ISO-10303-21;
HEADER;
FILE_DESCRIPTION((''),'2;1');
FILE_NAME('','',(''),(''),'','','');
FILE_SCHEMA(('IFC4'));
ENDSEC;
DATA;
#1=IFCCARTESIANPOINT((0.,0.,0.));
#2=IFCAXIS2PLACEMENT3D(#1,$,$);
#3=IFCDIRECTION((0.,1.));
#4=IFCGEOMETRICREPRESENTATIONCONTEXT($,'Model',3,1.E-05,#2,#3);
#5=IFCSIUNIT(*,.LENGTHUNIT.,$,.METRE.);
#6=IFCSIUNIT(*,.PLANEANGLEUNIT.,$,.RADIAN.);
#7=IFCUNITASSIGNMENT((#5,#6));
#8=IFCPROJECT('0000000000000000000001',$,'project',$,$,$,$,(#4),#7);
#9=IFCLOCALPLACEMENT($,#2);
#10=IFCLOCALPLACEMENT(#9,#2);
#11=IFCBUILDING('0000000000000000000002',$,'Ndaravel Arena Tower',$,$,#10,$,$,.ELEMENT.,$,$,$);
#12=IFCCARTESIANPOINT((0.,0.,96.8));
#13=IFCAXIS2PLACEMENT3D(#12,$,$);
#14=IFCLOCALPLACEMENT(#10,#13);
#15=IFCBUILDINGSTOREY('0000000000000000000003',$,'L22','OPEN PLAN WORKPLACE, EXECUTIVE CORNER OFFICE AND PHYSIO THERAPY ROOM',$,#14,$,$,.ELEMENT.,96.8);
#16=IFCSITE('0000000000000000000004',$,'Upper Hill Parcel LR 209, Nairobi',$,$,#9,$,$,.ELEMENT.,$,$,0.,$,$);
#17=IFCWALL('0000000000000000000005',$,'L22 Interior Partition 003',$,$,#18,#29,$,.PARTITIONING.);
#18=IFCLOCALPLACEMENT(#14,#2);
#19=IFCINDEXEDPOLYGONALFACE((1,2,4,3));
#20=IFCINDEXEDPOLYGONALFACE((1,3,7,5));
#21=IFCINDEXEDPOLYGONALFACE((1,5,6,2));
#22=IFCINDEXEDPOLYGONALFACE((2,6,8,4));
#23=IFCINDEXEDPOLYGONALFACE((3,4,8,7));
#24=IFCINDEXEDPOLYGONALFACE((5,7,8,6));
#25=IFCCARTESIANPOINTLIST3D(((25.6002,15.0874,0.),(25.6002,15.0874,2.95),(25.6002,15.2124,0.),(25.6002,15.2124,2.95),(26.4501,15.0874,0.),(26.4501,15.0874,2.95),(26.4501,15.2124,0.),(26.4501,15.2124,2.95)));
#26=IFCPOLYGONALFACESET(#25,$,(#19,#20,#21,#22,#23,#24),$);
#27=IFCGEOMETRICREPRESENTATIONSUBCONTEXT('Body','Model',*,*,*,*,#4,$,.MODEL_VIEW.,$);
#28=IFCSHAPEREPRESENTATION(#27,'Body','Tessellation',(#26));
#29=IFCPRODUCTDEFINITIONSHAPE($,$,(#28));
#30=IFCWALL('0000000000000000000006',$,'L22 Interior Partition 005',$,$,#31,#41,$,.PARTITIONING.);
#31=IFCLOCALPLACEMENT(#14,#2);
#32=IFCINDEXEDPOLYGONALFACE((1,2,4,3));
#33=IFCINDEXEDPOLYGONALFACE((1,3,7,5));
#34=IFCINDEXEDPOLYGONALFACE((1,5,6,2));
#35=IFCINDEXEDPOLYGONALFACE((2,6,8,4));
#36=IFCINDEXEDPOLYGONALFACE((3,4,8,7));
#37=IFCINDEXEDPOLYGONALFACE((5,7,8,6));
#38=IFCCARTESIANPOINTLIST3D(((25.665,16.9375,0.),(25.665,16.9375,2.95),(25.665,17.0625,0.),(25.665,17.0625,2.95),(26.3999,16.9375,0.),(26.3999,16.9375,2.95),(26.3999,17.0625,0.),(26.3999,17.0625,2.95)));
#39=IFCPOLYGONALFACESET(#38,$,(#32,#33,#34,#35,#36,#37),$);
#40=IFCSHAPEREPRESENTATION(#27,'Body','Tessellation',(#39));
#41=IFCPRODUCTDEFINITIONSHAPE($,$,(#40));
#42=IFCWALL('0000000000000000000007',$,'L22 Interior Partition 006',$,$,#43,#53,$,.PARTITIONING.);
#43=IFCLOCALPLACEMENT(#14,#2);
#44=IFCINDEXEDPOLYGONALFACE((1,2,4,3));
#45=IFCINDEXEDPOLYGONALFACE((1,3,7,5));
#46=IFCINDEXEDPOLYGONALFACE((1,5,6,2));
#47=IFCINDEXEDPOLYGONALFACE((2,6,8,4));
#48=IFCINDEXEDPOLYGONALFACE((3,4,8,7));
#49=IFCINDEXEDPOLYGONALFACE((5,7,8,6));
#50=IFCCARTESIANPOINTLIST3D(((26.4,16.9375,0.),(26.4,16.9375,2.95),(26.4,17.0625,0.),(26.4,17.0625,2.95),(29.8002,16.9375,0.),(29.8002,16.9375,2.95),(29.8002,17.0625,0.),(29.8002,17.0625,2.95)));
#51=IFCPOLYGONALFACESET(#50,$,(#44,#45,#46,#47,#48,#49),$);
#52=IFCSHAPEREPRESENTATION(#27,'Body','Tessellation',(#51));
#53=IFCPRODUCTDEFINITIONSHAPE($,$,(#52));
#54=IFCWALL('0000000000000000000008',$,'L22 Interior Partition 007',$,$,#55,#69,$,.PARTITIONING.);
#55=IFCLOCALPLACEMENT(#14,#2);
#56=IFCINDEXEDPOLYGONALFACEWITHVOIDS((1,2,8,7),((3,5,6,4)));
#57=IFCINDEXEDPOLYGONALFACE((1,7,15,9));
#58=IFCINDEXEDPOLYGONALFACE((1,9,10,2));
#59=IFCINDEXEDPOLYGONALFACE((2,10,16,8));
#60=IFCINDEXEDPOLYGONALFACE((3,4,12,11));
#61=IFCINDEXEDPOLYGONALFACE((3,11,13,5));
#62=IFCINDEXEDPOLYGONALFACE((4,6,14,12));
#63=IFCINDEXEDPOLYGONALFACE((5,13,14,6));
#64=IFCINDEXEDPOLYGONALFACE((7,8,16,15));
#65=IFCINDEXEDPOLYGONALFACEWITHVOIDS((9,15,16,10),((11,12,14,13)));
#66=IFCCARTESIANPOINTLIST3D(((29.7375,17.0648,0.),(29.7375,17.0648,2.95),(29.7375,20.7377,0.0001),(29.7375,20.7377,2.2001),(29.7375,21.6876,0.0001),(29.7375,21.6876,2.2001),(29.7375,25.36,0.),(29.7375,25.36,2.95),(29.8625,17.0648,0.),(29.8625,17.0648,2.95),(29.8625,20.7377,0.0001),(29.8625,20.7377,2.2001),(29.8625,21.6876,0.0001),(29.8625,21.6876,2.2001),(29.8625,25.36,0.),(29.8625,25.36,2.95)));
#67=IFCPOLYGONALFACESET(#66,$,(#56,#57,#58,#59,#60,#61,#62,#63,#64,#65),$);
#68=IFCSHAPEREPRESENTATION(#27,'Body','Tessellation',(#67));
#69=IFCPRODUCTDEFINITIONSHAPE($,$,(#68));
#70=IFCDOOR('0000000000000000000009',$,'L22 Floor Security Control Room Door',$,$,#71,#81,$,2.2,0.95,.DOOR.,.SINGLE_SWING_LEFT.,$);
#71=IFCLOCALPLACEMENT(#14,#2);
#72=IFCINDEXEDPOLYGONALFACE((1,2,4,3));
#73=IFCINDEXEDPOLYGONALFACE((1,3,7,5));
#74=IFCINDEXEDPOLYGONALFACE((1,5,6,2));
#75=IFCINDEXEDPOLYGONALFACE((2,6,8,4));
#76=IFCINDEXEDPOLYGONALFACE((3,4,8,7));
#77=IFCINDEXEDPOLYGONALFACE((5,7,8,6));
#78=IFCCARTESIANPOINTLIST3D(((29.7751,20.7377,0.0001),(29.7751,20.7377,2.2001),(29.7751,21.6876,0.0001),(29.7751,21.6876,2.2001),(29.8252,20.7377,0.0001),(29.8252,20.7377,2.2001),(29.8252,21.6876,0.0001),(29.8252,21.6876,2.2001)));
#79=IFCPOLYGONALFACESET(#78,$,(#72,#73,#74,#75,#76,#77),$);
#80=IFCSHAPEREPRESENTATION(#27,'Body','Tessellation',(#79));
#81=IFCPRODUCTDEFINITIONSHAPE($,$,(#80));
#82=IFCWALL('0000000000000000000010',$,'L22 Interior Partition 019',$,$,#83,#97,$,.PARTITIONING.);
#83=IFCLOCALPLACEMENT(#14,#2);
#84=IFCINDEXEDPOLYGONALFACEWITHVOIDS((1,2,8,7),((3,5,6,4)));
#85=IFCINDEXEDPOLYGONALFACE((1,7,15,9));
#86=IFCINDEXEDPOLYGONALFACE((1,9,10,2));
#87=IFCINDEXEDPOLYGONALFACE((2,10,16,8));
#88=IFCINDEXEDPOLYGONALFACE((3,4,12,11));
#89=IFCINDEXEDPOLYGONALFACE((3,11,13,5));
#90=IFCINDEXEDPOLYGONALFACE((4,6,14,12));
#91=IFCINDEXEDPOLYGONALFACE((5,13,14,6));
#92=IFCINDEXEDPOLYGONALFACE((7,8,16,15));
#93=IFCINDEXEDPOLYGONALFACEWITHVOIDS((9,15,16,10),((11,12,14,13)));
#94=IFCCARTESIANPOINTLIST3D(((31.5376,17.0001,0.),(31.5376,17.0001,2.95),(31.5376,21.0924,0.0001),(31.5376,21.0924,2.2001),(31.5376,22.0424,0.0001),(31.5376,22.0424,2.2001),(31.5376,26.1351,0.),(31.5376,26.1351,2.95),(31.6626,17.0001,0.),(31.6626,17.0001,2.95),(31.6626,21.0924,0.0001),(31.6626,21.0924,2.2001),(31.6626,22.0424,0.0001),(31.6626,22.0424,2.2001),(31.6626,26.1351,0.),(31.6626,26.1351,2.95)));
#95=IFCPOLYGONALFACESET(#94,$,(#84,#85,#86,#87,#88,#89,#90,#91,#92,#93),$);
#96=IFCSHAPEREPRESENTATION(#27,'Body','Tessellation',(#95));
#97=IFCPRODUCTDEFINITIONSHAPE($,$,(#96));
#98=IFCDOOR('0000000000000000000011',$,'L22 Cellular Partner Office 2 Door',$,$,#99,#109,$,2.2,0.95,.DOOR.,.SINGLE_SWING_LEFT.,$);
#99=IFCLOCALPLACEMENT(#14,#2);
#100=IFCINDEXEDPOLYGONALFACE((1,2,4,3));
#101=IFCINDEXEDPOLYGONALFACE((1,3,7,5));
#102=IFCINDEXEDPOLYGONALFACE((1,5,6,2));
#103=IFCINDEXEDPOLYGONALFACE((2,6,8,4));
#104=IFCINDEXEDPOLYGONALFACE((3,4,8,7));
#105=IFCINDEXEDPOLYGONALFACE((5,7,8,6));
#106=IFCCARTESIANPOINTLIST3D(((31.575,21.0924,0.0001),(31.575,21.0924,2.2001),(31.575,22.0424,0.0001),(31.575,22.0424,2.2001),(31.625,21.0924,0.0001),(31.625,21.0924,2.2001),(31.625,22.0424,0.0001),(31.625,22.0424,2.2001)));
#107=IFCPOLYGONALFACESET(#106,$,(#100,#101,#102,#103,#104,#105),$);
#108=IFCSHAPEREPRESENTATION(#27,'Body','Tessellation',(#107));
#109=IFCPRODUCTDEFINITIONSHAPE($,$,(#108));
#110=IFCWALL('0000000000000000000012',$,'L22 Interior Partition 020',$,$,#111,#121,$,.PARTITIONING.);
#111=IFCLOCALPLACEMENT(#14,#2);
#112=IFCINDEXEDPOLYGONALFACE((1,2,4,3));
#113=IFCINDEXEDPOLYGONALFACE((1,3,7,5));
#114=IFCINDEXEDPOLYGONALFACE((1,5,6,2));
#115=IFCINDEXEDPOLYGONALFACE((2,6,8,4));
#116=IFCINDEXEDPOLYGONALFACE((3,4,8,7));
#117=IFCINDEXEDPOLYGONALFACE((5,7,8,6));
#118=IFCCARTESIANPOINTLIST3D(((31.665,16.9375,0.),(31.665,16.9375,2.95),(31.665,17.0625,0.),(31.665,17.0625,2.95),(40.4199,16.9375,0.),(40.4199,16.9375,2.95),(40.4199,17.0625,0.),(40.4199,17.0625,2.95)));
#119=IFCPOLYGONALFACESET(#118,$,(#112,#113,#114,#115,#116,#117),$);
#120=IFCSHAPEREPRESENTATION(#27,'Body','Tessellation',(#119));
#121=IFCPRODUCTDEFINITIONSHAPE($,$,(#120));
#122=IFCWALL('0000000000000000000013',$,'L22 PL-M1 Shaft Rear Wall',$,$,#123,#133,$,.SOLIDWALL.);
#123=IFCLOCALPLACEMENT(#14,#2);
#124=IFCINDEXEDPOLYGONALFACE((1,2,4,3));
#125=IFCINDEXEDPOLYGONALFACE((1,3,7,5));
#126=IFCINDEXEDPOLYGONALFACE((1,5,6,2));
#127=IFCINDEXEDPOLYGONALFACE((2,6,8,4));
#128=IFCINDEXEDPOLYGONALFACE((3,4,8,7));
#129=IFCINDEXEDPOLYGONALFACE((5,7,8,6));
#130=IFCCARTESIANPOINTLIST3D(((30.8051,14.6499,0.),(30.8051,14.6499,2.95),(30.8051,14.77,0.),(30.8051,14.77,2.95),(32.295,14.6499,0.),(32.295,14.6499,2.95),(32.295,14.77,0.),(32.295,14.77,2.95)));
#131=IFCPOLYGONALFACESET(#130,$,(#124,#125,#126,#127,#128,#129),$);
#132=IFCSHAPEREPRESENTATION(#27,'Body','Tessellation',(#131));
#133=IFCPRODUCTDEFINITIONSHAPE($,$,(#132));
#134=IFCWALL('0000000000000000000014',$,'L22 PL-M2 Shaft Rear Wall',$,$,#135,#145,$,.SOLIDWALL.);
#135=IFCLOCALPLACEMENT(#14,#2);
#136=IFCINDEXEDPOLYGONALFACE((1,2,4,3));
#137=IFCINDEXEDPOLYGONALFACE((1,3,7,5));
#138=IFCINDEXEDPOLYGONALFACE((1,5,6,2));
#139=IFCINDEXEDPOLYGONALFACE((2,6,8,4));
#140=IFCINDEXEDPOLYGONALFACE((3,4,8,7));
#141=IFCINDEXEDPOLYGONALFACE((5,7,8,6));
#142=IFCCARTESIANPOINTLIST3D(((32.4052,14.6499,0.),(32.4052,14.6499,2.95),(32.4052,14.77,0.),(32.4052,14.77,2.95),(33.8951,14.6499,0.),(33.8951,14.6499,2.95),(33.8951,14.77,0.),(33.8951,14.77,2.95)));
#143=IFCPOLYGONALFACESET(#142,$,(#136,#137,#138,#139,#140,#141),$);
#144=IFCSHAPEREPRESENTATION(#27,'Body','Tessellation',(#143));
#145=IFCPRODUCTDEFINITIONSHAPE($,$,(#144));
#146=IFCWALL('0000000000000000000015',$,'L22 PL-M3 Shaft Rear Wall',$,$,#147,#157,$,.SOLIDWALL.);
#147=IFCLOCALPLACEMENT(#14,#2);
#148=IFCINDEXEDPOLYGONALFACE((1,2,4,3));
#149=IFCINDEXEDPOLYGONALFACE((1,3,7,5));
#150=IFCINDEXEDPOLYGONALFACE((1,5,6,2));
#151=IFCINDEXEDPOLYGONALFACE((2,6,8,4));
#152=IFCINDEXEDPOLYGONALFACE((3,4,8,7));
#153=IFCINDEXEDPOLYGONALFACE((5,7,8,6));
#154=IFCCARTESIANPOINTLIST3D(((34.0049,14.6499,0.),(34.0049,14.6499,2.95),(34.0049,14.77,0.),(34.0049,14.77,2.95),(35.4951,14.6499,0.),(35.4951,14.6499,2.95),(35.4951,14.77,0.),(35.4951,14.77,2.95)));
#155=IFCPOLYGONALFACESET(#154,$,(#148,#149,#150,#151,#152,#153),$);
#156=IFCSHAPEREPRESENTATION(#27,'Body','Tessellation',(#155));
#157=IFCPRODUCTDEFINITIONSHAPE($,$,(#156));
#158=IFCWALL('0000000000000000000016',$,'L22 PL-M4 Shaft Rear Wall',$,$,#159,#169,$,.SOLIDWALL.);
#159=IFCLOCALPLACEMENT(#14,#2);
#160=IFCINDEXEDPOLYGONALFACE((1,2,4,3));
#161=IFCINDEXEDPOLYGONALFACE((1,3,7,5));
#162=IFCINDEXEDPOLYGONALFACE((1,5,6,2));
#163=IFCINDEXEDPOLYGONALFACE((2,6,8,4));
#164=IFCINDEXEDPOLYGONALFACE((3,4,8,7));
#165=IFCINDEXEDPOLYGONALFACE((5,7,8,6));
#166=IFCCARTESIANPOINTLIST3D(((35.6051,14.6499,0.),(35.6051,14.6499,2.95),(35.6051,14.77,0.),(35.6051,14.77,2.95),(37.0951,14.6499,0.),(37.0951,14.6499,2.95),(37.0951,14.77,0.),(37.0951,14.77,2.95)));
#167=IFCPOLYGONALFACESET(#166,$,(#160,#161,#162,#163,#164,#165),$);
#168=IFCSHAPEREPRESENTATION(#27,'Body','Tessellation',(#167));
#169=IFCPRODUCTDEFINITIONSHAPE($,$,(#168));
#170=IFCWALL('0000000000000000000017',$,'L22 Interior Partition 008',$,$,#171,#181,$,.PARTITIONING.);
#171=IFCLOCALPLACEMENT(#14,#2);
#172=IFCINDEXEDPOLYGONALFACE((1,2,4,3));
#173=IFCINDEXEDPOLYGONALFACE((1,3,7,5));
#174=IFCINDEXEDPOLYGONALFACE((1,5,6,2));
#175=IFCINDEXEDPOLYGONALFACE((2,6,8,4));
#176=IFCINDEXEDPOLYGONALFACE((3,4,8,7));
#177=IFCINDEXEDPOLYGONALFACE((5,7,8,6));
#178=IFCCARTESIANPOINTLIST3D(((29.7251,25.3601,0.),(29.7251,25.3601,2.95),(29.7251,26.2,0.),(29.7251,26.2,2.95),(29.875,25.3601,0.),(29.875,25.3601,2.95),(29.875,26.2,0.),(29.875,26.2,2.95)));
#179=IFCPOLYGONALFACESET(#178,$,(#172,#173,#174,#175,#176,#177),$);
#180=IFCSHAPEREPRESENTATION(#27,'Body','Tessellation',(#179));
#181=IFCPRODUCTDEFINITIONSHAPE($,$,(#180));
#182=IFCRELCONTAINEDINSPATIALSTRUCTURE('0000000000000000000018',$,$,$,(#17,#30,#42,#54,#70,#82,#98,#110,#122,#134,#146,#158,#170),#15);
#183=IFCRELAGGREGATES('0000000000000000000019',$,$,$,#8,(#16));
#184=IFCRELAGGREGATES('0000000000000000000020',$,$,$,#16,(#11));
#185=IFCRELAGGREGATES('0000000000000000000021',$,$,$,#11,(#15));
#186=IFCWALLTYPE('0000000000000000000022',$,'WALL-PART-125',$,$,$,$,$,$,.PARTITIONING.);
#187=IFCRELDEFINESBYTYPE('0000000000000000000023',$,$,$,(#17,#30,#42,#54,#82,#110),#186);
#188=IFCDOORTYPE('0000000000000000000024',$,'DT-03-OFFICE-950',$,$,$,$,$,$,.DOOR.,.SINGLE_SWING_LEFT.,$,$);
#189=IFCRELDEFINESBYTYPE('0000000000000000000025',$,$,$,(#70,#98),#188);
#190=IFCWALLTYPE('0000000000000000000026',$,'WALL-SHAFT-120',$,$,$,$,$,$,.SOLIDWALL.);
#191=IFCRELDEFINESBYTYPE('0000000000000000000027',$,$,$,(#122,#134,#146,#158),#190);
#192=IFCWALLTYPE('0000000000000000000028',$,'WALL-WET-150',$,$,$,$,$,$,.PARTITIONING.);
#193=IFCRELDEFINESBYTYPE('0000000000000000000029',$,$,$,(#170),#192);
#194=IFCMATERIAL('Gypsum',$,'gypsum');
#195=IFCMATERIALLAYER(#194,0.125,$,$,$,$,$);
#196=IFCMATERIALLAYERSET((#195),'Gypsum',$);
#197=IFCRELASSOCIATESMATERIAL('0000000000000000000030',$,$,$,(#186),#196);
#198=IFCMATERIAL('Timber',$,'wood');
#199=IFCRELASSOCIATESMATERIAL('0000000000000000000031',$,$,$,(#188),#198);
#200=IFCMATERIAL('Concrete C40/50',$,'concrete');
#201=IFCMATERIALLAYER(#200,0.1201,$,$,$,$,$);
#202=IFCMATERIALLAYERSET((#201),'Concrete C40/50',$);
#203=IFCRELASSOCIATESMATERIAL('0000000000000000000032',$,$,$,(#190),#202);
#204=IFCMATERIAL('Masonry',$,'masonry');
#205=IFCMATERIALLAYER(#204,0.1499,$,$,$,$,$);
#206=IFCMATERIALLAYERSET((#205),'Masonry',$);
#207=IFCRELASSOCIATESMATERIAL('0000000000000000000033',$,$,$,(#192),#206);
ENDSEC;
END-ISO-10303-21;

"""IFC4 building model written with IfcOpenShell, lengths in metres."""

from ifc_helpers import new_model, si_unit, direction, frame, frame_2d, origin, place, context, subcontext, project, spatial, rectangle, extrude, material, layer, layer_set, type_object, element, fill, save


model = new_model("IFC4")

# Units and contexts
model_context = context("Model", 3, precision=1e-05, world=origin(), true_north=direction((0.0, 1.0)))
body_context = subcontext(model_context, "Body", "Model", "MODEL_VIEW")
ifc_project = project(units=[si_unit("LENGTHUNIT", "METRE"), si_unit("PLANEANGLEUNIT", "RADIAN")], contexts=[model_context])

# Site, building, storey
site_placement = place(None, origin())
site = spatial("IfcSite", under=ifc_project, at=site_placement, Name="Upper Hill Parcel LR 209, Nairobi", CompositionType="ELEMENT", RefElevation=0.0)
building_placement = place(site_placement, origin())
building = spatial("IfcBuilding", under=site, at=building_placement, Name="Ndaravel Arena Tower", CompositionType="ELEMENT")
storey_placement = place(building_placement, frame((0.0, 0.0, 96.8)))
storey = spatial("IfcBuildingStorey", under=building, at=storey_placement, Name="L22", Description="OPEN PLAN WORKPLACE, EXECUTIVE CORNER OFFICE AND PHYSIO THERAPY ROOM", CompositionType="ELEMENT", Elevation=96.8)

# Walls
ifc_material_1 = material(Name="Gypsum", Category="gypsum")
ifc_layer_1 = layer(ifc_material_1, 0.125)
ifc_layer_set_1 = layer_set([ifc_layer_1], Name="Gypsum")
wall_type_1 = type_object("IfcWallType", Name="WALL-PART-125", PredefinedType="PARTITIONING", material=ifc_layer_set_1)
wall_1_placement = place(storey_placement, frame((26.45, 15.1499, 0.0), z_axis=(0.0, 0.0, 1.0), x_axis=(-1.0, 0.0, 0.0)))
element("IfcWall", 1, at=wall_1_placement, inside=storey, type_object=wall_type_1, Name="L22 Interior Partition 003", PredefinedType="PARTITIONING", context=body_context, shape_type="SweptSolid", body=[
    extrude(rectangle(XDim=0.8499, YDim=0.125, at=frame_2d((0.4248, 0.0))), origin(), (0.0, 0.0, 1.0), 2.95),
])
wall_2_placement = place(storey_placement, frame((25.665, 17.0, 0.0), z_axis=(0.0, 0.0, 1.0), x_axis=(1.0, 0.0, 0.0)))
element("IfcWall", 2, at=wall_2_placement, inside=storey, type_object=wall_type_1, Name="L22 Interior Partition 005", PredefinedType="PARTITIONING", context=body_context, shape_type="SweptSolid", body=[
    extrude(rectangle(XDim=0.7349, YDim=0.125, at=frame_2d((0.3674, 0.0))), origin(), (0.0, 0.0, 1.0), 2.95),
])
wall_3_placement = place(storey_placement, frame((26.3999, 17.0, 0.0), z_axis=(0.0, 0.0, 1.0), x_axis=(1.0, 0.0, 0.0)))
element("IfcWall", 3, at=wall_3_placement, inside=storey, type_object=wall_type_1, Name="L22 Interior Partition 006", PredefinedType="PARTITIONING", context=body_context, shape_type="SweptSolid", body=[
    extrude(rectangle(XDim=3.4001, YDim=0.125, at=frame_2d((1.7002, 0.0))), origin(), (0.0, 0.0, 1.0), 2.95),
])

# Walls, openings, doors
wall_4_placement = place(storey_placement, frame((29.8, 17.0649, 0.0), z_axis=(0.0, 0.0, 1.0), x_axis=(0.0, 1.0, 0.0)))
wall_4 = element("IfcWall", 4, at=wall_4_placement, inside=storey, type_object=wall_type_1, Name="L22 Interior Partition 007", PredefinedType="PARTITIONING", context=body_context, shape_type="SweptSolid", body=[
    extrude(rectangle(XDim=8.2952, YDim=0.125, at=frame_2d((4.1475, 0.0))), origin(), (0.0, 0.0, 1.0), 2.95),
])
opening_1_placement = place(wall_4_placement, frame((3.6726, 0.0, 0.0)))
opening_1 = element("IfcOpeningElement", 5, at=opening_1_placement, cuts=wall_4, PredefinedType="OPENING", context=body_context, shape_type="SweptSolid", body=[
    extrude(rectangle(XDim=0.95, YDim=2.2, at=frame_2d((0.4751, 1.1001))), frame((0.0, 0.0625, 0.0), z_axis=(0.0, -1.0, 0.0), x_axis=(1.0, 0.0, 0.0)), (0.0, 0.0, 1.0), 0.125),
])
ifc_material_2 = material(Name="Timber", Category="wood")
door_type_1 = type_object("IfcDoorType", Name="DT-03-OFFICE-950", OperationType="SINGLE_SWING_LEFT", PredefinedType="DOOR", material=ifc_material_2)
door_1_placement = place(opening_1_placement, origin())
door_1 = element("IfcDoor", 6, at=door_1_placement, inside=storey, type_object=door_type_1, Name="L22 Floor Security Control Room Door", OperationType="SINGLE_SWING_LEFT", OverallHeight=2.2, OverallWidth=0.95, PredefinedType="DOOR", context=body_context, shape_type="SweptSolid", body=[
    extrude(rectangle(XDim=0.95, YDim=2.2, at=frame_2d((0.4751, 1.1001))), frame((0.0, 0.0249, 0.0), z_axis=(0.0, -1.0, 0.0), x_axis=(1.0, 0.0, 0.0)), (0.0, 0.0, 1.0), 0.05),
])
fill(opening_1, door_1)
wall_5_placement = place(storey_placement, frame((31.6001, 26.135, 0.0), z_axis=(0.0, 0.0, 1.0), x_axis=(0.0, -1.0, 0.0)))
wall_5 = element("IfcWall", 7, at=wall_5_placement, inside=storey, type_object=wall_type_1, Name="L22 Interior Partition 019", PredefinedType="PARTITIONING", context=body_context, shape_type="SweptSolid", body=[
    extrude(rectangle(XDim=9.135, YDim=0.125, at=frame_2d((4.5674, 0.0))), origin(), (0.0, 0.0, 1.0), 2.95),
])
opening_2_placement = place(wall_5_placement, frame((4.0925, 0.0, 0.0)))
opening_2 = element("IfcOpeningElement", 8, at=opening_2_placement, cuts=wall_5, PredefinedType="OPENING", context=body_context, shape_type="SweptSolid", body=[
    extrude(rectangle(XDim=0.95, YDim=2.2, at=frame_2d((0.4751, 1.1001))), frame((0.0, 0.0625, 0.0), z_axis=(0.0, -1.0, 0.0), x_axis=(1.0, 0.0, 0.0)), (0.0, 0.0, 1.0), 0.125),
])
door_2_placement = place(opening_2_placement, origin())
door_2 = element("IfcDoor", 9, at=door_2_placement, inside=storey, type_object=door_type_1, Name="L22 Cellular Partner Office 2 Door", OperationType="SINGLE_SWING_LEFT", OverallHeight=2.2, OverallWidth=0.95, PredefinedType="DOOR", context=body_context, shape_type="SweptSolid", body=[
    extrude(rectangle(XDim=0.95, YDim=2.2, at=frame_2d((0.4751, 1.1001))), frame((0.0, 0.0249, 0.0), z_axis=(0.0, -1.0, 0.0), x_axis=(1.0, 0.0, 0.0)), (0.0, 0.0, 1.0), 0.05),
])
fill(opening_2, door_2)

# Walls
wall_6_placement = place(storey_placement, frame((31.665, 17.0, 0.0), z_axis=(0.0, 0.0, 1.0), x_axis=(1.0, 0.0, 0.0)))
element("IfcWall", 10, at=wall_6_placement, inside=storey, type_object=wall_type_1, Name="L22 Interior Partition 020", PredefinedType="PARTITIONING", context=body_context, shape_type="SweptSolid", body=[
    extrude(rectangle(XDim=8.7549, YDim=0.125, at=frame_2d((4.3774, 0.0))), origin(), (0.0, 0.0, 1.0), 2.95),
])
ifc_material_3 = material(Name="Concrete C40/50", Category="concrete")
ifc_layer_2 = layer(ifc_material_3, 0.1201)
ifc_layer_set_2 = layer_set([ifc_layer_2], Name="Concrete C40/50")
wall_type_2 = type_object("IfcWallType", Name="WALL-SHAFT-120", PredefinedType="SOLIDWALL", material=ifc_layer_set_2)
for number, where, z_axis, x_axis, name in (
    (11, (30.8049, 14.71, 0.0), (0.0, 0.0, 1.0), (1.0, 0.0, 0.0), "L22 PL-M1 Shaft Rear Wall"),
    (12, (32.405, 14.71, 0.0), (0.0, 0.0, 1.0), (1.0, 0.0, 0.0), "L22 PL-M2 Shaft Rear Wall"),
):
    element("IfcWall", number, at=place(storey_placement, frame(where, z_axis=z_axis, x_axis=x_axis)), inside=storey, type_object=wall_type_2, Name=name, PredefinedType="SOLIDWALL", context=body_context, shape_type="SweptSolid", body=[
        extrude(rectangle(XDim=1.49, YDim=0.1201, at=frame_2d((0.7451, 0.0))), origin(), (0.0, 0.0, 1.0), 2.95),
    ])
wall_7_placement = place(storey_placement, frame((34.0049, 14.71, 0.0), z_axis=(0.0, 0.0, 1.0), x_axis=(1.0, 0.0, 0.0)))
element("IfcWall", 13, at=wall_7_placement, inside=storey, type_object=wall_type_2, Name="L22 PL-M3 Shaft Rear Wall", PredefinedType="SOLIDWALL", context=body_context, shape_type="SweptSolid", body=[
    extrude(rectangle(XDim=1.4902, YDim=0.1201, at=frame_2d((0.7451, 0.0))), origin(), (0.0, 0.0, 1.0), 2.95),
])
wall_8_placement = place(storey_placement, frame((35.605, 14.71, 0.0), z_axis=(0.0, 0.0, 1.0), x_axis=(1.0, 0.0, 0.0)))
element("IfcWall", 14, at=wall_8_placement, inside=storey, type_object=wall_type_2, Name="L22 PL-M4 Shaft Rear Wall", PredefinedType="SOLIDWALL", context=body_context, shape_type="SweptSolid", body=[
    extrude(rectangle(XDim=1.49, YDim=0.1201, at=frame_2d((0.7451, 0.0))), origin(), (0.0, 0.0, 1.0), 2.95),
])
ifc_material_4 = material(Name="Masonry", Category="masonry")
ifc_layer_3 = layer(ifc_material_4, 0.1499)
ifc_layer_set_3 = layer_set([ifc_layer_3], Name="Masonry")
wall_type_3 = type_object("IfcWallType", Name="WALL-WET-150", PredefinedType="PARTITIONING", material=ifc_layer_set_3)
wall_9_placement = place(storey_placement, frame((29.8, 25.3601, 0.0), z_axis=(0.0, 0.0, 1.0), x_axis=(0.0, 1.0, 0.0)))
element("IfcWall", 15, at=wall_9_placement, inside=storey, type_object=wall_type_3, Name="L22 Interior Partition 008", PredefinedType="PARTITIONING", context=body_context, shape_type="SweptSolid", body=[
    extrude(rectangle(XDim=0.8398, YDim=0.1499, at=frame_2d((0.4199, 0.0))), origin(), (0.0, 0.0, 1.0), 2.95),
])

save(model, "model.ifc")
